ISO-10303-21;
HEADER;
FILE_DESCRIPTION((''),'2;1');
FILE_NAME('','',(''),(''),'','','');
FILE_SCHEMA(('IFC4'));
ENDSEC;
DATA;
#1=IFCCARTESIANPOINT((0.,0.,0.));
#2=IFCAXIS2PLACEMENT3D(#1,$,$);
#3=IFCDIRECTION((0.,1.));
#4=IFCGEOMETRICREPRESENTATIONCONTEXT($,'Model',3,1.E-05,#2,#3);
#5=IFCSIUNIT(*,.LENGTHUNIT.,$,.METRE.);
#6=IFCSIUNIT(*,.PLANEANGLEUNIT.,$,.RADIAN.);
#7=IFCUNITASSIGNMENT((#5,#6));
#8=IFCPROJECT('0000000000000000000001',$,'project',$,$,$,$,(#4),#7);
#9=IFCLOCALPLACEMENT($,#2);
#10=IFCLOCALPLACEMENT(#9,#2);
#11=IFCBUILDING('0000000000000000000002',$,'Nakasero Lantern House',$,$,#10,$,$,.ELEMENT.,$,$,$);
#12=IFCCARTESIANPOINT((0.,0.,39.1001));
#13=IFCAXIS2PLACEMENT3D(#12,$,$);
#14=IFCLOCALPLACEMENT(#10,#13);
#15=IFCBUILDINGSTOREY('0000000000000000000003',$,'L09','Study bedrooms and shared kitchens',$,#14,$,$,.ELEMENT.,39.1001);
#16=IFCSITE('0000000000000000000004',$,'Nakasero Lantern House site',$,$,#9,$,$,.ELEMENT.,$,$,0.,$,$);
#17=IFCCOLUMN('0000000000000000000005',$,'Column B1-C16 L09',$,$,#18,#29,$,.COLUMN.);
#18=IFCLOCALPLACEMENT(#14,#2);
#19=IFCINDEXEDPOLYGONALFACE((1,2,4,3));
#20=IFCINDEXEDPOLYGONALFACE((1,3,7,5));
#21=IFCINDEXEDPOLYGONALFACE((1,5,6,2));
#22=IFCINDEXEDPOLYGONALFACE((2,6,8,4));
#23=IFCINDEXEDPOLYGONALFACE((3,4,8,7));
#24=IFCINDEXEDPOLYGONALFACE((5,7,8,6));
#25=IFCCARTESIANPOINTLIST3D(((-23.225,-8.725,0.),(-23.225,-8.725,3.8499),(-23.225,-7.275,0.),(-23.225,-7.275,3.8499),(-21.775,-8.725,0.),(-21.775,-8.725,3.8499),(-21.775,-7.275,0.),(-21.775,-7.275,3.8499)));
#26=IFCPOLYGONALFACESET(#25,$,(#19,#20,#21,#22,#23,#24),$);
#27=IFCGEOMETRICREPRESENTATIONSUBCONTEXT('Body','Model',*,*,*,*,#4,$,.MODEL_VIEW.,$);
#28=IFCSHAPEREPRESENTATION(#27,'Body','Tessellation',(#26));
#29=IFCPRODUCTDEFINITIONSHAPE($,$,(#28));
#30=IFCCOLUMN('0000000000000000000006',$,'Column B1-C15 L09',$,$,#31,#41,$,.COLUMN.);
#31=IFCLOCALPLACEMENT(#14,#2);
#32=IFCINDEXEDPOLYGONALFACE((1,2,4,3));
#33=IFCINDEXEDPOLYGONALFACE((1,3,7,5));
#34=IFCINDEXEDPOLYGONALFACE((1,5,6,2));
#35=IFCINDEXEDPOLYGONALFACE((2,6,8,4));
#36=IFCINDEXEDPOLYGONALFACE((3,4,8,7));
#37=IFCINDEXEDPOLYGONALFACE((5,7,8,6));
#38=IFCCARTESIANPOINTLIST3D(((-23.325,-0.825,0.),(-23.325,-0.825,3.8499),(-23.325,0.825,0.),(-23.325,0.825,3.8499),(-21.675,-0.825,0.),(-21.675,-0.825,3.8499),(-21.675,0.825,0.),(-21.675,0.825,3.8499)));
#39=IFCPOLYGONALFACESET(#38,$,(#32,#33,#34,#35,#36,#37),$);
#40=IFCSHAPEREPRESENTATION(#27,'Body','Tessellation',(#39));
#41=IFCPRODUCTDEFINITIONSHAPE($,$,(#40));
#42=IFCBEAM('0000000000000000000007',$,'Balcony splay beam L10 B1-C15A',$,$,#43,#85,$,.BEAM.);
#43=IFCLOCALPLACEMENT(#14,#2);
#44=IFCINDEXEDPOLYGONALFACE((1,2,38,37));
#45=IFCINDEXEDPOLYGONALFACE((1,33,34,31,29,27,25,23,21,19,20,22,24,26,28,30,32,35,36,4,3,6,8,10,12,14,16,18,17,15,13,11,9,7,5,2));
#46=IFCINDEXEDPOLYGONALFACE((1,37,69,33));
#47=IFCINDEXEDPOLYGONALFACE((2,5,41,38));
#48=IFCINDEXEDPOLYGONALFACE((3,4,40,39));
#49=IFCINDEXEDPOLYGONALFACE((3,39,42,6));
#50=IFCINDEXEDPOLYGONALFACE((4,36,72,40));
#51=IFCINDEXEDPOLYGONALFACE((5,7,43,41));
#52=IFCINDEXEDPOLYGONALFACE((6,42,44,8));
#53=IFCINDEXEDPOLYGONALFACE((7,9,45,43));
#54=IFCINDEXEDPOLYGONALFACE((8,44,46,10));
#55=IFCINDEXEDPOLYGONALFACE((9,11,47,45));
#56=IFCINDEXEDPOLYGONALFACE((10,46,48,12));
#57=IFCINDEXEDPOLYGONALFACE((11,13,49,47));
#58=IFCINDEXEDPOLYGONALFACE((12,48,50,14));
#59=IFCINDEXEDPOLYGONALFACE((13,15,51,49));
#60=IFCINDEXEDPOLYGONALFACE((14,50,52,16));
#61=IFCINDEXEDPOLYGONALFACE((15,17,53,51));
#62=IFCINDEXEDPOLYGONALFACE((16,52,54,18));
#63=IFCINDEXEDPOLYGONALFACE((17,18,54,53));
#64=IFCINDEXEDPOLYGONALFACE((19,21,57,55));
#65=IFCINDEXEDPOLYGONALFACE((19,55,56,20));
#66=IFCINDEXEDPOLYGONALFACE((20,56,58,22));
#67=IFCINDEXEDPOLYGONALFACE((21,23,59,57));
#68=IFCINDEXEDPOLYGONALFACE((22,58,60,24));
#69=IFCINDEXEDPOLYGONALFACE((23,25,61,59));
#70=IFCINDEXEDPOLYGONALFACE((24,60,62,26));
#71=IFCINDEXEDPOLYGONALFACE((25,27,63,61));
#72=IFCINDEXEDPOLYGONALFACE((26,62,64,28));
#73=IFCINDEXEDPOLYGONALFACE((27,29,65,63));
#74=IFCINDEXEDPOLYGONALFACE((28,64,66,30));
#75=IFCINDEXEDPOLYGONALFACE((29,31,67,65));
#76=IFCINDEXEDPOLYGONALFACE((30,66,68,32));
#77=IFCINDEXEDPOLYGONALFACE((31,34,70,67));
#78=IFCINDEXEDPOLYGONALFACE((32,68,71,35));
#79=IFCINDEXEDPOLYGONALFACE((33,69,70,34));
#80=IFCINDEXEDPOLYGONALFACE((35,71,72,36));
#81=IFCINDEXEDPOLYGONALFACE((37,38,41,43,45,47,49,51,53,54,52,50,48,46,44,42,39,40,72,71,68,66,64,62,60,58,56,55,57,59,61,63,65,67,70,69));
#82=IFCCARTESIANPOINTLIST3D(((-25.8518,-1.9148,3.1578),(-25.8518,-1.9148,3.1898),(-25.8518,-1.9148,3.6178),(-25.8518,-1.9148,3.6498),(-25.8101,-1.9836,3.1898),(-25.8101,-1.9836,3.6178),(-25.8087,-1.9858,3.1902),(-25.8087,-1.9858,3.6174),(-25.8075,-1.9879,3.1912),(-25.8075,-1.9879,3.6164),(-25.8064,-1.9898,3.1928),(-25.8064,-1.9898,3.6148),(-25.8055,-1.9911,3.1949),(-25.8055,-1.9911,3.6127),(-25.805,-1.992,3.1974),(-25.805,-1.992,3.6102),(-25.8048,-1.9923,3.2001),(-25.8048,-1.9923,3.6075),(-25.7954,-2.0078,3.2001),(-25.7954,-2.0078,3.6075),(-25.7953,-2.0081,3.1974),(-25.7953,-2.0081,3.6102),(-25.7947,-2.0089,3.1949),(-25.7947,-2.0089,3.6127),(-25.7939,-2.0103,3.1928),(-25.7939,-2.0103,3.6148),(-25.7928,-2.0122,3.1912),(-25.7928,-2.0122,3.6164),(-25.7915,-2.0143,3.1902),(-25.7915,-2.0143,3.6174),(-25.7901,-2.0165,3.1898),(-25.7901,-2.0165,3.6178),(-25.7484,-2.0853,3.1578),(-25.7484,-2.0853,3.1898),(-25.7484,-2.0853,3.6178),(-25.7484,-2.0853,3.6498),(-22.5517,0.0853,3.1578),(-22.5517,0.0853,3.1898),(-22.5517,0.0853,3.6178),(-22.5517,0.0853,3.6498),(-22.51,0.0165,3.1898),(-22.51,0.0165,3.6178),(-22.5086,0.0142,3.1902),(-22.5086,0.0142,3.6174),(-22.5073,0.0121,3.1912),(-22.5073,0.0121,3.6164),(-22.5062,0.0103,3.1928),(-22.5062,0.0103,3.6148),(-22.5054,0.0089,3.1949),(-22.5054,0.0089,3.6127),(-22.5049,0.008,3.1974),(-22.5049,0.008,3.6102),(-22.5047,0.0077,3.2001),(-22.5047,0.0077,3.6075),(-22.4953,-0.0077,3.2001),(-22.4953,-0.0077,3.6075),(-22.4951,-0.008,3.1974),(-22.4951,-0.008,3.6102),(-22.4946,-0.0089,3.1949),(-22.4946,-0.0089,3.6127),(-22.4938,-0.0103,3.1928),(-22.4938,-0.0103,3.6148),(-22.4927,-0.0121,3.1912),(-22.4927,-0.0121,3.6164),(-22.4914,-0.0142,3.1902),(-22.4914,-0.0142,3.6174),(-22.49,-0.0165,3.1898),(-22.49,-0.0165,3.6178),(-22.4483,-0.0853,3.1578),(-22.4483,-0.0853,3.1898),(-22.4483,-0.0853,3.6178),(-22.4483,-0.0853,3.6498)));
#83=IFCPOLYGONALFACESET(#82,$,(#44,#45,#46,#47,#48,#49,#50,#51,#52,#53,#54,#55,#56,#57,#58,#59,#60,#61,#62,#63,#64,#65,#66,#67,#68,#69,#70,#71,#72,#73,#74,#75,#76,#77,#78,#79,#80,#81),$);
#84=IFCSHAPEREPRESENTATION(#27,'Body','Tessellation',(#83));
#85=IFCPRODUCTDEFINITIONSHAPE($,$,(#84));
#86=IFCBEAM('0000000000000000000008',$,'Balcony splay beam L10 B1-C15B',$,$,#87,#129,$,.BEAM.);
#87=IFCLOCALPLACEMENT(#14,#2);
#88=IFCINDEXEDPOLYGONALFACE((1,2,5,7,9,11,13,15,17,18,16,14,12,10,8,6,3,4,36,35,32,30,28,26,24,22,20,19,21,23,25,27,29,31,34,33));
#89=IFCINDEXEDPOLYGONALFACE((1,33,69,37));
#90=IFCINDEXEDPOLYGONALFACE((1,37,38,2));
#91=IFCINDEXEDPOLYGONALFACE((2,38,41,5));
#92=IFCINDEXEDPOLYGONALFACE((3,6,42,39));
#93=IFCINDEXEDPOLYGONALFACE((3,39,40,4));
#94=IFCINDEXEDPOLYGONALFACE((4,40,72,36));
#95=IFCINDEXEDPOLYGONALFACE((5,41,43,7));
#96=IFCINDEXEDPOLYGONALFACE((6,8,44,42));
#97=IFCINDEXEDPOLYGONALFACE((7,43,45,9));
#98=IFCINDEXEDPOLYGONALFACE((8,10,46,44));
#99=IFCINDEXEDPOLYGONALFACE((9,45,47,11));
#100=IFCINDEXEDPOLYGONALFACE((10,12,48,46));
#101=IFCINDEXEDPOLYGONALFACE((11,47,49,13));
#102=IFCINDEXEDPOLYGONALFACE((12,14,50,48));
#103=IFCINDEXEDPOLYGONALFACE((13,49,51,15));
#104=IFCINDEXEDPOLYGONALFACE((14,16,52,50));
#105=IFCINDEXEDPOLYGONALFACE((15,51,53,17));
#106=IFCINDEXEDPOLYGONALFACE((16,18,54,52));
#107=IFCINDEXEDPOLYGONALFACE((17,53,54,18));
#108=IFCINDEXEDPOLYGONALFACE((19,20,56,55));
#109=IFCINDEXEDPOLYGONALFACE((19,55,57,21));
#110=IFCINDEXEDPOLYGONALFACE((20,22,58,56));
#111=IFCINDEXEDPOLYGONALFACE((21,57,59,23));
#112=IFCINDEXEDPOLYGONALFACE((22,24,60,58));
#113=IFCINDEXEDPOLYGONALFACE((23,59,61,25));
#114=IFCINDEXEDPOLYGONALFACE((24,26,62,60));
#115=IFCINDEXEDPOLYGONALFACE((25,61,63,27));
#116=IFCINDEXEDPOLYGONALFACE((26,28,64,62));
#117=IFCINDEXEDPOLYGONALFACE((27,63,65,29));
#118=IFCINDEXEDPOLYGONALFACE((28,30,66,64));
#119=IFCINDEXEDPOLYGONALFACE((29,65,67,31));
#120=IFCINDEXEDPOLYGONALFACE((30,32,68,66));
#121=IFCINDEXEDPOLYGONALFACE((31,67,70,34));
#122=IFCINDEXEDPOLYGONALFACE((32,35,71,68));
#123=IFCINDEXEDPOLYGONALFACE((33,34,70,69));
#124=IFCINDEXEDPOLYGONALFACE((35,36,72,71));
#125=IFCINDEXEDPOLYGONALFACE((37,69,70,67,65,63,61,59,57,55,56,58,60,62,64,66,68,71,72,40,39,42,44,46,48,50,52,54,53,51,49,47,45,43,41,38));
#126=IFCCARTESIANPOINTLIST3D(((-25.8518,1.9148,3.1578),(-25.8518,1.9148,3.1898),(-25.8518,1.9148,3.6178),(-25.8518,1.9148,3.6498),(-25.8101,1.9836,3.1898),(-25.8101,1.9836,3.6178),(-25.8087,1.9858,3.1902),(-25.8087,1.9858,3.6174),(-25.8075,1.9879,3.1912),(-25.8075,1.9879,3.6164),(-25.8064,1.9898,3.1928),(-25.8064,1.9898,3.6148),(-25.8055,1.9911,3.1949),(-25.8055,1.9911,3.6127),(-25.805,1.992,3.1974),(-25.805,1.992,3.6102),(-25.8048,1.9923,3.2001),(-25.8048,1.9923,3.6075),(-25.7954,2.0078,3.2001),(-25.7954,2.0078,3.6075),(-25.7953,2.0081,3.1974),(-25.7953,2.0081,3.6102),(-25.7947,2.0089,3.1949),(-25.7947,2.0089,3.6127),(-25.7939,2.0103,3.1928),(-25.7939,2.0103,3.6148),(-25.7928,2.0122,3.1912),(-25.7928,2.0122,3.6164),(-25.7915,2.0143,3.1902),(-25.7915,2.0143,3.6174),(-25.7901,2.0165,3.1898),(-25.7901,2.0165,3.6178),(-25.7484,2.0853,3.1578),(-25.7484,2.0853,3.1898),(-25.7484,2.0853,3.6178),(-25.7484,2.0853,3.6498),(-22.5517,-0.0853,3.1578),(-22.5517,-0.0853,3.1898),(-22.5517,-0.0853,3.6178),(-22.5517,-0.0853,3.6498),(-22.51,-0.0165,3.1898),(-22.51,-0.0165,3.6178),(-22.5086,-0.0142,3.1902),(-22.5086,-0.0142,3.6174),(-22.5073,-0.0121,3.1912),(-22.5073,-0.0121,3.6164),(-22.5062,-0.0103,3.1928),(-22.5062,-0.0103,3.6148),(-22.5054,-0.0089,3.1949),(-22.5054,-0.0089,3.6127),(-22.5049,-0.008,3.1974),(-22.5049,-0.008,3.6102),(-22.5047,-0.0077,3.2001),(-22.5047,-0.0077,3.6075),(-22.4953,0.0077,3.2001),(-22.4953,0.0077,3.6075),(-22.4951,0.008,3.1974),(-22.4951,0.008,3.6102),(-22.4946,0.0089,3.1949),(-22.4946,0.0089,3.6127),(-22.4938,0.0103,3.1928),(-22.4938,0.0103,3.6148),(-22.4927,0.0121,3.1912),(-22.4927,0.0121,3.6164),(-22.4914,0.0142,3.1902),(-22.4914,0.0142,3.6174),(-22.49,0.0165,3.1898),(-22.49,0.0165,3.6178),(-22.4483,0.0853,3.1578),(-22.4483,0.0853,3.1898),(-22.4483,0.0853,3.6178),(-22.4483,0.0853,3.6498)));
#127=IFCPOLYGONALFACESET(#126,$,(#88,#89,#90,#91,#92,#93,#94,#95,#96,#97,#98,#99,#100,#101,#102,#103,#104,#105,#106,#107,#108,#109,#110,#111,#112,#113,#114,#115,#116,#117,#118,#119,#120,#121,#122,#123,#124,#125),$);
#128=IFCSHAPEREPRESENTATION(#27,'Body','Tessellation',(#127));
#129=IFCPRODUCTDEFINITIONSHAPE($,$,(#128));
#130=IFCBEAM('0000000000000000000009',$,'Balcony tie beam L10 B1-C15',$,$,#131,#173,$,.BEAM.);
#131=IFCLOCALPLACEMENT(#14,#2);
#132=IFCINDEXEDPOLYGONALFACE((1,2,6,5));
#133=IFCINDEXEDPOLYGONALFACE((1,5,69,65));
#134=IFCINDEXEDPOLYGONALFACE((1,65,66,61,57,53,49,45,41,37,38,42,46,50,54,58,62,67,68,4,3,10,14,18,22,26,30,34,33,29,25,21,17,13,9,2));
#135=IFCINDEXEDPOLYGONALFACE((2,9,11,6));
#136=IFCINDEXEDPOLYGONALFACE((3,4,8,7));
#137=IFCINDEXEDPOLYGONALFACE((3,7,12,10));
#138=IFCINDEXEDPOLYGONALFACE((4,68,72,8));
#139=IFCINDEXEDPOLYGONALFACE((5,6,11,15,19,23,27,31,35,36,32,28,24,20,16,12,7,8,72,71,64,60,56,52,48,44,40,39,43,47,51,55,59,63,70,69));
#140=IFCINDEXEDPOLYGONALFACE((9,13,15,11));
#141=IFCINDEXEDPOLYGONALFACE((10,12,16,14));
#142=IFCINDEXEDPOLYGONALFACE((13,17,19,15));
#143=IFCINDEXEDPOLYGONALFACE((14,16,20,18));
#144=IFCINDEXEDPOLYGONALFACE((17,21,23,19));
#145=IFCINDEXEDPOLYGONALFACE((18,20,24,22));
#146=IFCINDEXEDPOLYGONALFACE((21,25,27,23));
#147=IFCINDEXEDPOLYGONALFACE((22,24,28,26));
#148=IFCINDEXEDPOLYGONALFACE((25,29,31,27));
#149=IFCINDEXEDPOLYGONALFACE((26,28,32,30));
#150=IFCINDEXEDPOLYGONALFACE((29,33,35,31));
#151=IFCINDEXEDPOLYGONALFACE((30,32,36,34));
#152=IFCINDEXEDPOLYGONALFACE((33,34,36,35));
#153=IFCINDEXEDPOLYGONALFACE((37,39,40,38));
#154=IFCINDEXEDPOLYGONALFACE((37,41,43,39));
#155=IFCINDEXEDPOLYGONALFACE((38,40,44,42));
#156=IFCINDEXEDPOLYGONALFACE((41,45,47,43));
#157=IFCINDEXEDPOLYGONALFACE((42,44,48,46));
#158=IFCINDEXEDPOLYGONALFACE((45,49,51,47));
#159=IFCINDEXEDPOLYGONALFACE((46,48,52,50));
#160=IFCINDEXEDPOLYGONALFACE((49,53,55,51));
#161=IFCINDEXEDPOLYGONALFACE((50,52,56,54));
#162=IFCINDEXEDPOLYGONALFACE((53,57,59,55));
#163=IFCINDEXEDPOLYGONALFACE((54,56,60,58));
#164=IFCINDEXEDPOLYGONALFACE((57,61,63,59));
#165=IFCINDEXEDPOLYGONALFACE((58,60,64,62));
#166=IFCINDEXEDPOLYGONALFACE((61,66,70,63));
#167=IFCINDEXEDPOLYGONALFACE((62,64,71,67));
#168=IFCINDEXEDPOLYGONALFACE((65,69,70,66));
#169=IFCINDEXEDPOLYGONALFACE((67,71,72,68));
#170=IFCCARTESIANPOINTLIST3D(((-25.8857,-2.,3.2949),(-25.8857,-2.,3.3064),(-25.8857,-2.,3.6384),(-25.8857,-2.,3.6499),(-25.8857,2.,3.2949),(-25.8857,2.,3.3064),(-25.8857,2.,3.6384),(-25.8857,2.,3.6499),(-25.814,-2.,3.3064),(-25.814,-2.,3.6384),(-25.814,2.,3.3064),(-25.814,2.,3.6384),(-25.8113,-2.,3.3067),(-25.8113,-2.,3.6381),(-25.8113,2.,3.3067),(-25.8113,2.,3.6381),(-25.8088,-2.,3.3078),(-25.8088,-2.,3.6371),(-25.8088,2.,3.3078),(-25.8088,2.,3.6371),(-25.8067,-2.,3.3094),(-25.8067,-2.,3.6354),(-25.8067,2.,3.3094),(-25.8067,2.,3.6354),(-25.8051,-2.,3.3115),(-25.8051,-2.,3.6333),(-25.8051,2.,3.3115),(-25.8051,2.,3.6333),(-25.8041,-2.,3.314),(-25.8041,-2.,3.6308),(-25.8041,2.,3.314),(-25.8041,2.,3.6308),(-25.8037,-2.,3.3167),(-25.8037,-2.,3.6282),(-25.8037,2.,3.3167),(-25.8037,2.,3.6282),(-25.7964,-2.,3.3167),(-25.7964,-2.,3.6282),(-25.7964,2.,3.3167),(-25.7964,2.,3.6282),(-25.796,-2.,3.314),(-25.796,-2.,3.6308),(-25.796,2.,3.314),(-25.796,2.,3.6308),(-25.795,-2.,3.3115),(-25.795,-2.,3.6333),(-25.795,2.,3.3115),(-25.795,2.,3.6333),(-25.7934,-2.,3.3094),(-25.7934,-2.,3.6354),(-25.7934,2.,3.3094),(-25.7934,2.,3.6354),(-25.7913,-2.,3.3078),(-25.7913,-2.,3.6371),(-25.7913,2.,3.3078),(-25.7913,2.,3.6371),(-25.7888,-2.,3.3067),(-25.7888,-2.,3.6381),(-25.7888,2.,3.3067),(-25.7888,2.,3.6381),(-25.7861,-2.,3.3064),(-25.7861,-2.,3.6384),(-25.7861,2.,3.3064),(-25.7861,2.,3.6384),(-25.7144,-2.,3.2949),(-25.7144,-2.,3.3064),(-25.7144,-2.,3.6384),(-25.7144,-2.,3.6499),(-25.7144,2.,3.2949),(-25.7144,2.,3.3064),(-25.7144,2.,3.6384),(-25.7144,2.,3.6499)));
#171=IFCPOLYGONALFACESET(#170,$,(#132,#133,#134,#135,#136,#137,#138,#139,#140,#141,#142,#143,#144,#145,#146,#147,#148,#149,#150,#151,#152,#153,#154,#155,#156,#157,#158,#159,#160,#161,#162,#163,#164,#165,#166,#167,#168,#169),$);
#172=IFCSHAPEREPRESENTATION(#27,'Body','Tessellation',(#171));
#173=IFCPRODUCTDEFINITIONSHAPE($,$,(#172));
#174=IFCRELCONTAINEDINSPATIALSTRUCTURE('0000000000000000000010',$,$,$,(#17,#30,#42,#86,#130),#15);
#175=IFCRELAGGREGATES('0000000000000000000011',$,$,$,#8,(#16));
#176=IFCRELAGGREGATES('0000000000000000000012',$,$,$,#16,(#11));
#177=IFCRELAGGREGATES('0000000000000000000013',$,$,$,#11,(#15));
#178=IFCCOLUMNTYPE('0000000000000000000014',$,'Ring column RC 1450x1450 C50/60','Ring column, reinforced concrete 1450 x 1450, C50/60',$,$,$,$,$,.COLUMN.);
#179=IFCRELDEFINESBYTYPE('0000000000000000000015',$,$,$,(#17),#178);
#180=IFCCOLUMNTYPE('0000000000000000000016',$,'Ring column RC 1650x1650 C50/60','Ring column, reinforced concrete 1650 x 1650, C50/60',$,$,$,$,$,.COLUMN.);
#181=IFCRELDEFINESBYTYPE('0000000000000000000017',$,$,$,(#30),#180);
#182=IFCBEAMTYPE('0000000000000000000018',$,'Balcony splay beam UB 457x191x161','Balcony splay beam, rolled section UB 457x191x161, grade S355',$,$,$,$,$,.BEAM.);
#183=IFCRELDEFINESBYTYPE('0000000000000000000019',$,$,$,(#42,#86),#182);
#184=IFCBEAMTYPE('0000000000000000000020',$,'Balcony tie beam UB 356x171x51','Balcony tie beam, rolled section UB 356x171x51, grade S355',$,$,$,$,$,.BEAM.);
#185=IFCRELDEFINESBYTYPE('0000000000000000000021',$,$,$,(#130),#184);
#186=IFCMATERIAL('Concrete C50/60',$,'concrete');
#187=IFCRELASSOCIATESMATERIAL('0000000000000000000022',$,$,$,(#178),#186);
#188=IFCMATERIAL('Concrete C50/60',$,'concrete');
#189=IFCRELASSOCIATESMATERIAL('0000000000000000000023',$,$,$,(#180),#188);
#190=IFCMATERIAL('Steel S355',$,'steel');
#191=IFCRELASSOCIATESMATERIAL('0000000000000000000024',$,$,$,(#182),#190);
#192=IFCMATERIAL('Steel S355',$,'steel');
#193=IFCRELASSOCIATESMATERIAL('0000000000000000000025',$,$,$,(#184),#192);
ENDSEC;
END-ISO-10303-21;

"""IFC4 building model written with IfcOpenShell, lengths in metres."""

from ifc_helpers import new_model, si_unit, direction, frame, origin, origin_2d, place, context, subcontext, project, spatial, rectangle, i_section, extrude, material, material_profile, profile_set, type_object, element, save


model = new_model("IFC4")

# Units and contexts
model_context = context("Model", 3, precision=1e-05, world=origin(), true_north=direction((0.0, 1.0)))
body_context = subcontext(model_context, "Body", "Model", "MODEL_VIEW")
ifc_project = project(units=[si_unit("LENGTHUNIT", "METRE"), si_unit("PLANEANGLEUNIT", "RADIAN")], contexts=[model_context])

# Site, building, storey
site_placement = place(None, origin())
site = spatial("IfcSite", under=ifc_project, at=site_placement, Name="Nakasero Lantern House site", CompositionType="ELEMENT", RefElevation=0.0)
building_placement = place(site_placement, origin())
building = spatial("IfcBuilding", under=site, at=building_placement, Name="Nakasero Lantern House", CompositionType="ELEMENT")
storey_placement = place(building_placement, frame((0.0, 0.0, 39.1001)))
storey = spatial("IfcBuildingStorey", under=building, at=storey_placement, Name="L09", Description="Study bedrooms and shared kitchens", CompositionType="ELEMENT", Elevation=39.1001)

# Columns
ifc_material_1 = material(Name="Concrete C50/60", Category="concrete")
ifc_material_profile_1 = material_profile(ifc_material_1, rectangle(XDim=1.45, YDim=1.45, at=origin_2d()), Name="RC 1450x1450")
ifc_profile_set_1 = profile_set([ifc_material_profile_1], Name="Concrete C50/60")
column_type_1 = type_object("IfcColumnType", Name="Ring column RC 1450x1450 C50/60", Description="Ring column, reinforced concrete 1450 x 1450, C50/60", PredefinedType="COLUMN", material=ifc_profile_set_1)
column_1_placement = place(storey_placement, frame((-22.5, -8.0, 0.0), z_axis=(0.0, 0.0, 1.0), x_axis=(1.0, 0.0, 0.0)))
element("IfcColumn", 1, at=column_1_placement, inside=storey, type_object=column_type_1, Name="Column B1-C16 L09", PredefinedType="COLUMN", context=body_context, shape_type="SweptSolid", body=[
    extrude(rectangle(XDim=1.45, YDim=1.45, at=origin_2d()), origin(), (0.0, 0.0, 1.0), 3.8499),
])
ifc_material_2 = material(Name="Concrete C50/60", Category="concrete")
ifc_material_profile_2 = material_profile(ifc_material_2, rectangle(XDim=1.6499, YDim=1.6499, at=origin_2d()), Name="RC 1650x1650")
ifc_profile_set_2 = profile_set([ifc_material_profile_2], Name="Concrete C50/60")
column_type_2 = type_object("IfcColumnType", Name="Ring column RC 1650x1650 C50/60", Description="Ring column, reinforced concrete 1650 x 1650, C50/60", PredefinedType="COLUMN", material=ifc_profile_set_2)
column_2_placement = place(storey_placement, frame((-22.5, 0.0, 0.0), z_axis=(0.0, 0.0, 1.0), x_axis=(1.0, 0.0, 0.0)))
element("IfcColumn", 2, at=column_2_placement, inside=storey, type_object=column_type_2, Name="Column B1-C15 L09", PredefinedType="COLUMN", context=body_context, shape_type="SweptSolid", body=[
    extrude(rectangle(XDim=1.6499, YDim=1.6499, at=origin_2d()), origin(), (0.0, 0.0, 1.0), 3.8499),
])

# Beams
ifc_material_3 = material(Name="Steel S355", Category="steel")
ifc_material_profile_3 = material_profile(ifc_material_3, i_section(OverallWidth=0.1995, OverallDepth=0.4919, WebThickness=0.0181, FlangeThickness=0.032, FilletRadius=0.0103, at=origin_2d()), Name="UB 457x191x161")
ifc_profile_set_3 = profile_set([ifc_material_profile_3], Name="Steel S355")
beam_type_1 = type_object("IfcBeamType", Name="Balcony splay beam UB 457x191x161", Description="Balcony splay beam, rolled section UB 457x191x161, grade S355", PredefinedType="BEAM", material=ifc_profile_set_3)
for number, where, z_axis, x_axis, name in (
    (3, (-22.5, 0.0, 3.4038), (-0.855201, -0.518296, 0.0), (0.518296, -0.855201, 0.0), "Balcony splay beam L10 B1-C15A"),
    (4, (-22.5, 0.0, 3.4038), (-0.855201, 0.518296, 0.0), (-0.518296, -0.855201, 0.0), "Balcony splay beam L10 B1-C15B"),
):
    element("IfcBeam", number, at=place(storey_placement, frame(where, z_axis=z_axis, x_axis=x_axis)), inside=storey, type_object=beam_type_1, Name=name, PredefinedType="BEAM", context=body_context, shape_type="SweptSolid", body=[
        extrude(i_section(OverallWidth=0.1995, OverallDepth=0.4919, WebThickness=0.0181, FlangeThickness=0.032, FilletRadius=0.0103, at=origin_2d()), origin(), (0.0, 0.0, 1.0), 3.8589),
    ])
ifc_material_4 = material(Name="Steel S355", Category="steel")
ifc_material_profile_4 = material_profile(ifc_material_4, i_section(OverallWidth=0.1714, OverallDepth=0.355, WebThickness=0.0073, FlangeThickness=0.0115, FilletRadius=0.0103, at=origin_2d()), Name="UB 356x171x51")
ifc_profile_set_4 = profile_set([ifc_material_profile_4], Name="Steel S355")
beam_type_2 = type_object("IfcBeamType", Name="Balcony tie beam UB 356x171x51", Description="Balcony tie beam, rolled section UB 356x171x51, grade S355", PredefinedType="BEAM", material=ifc_profile_set_4)
beam_1_placement = place(storey_placement, frame((-25.8, -2.0, 3.4724), z_axis=(0.0, 1.0, 0.0), x_axis=(-1.0, 0.0, 0.0)))
element("IfcBeam", 5, at=beam_1_placement, inside=storey, type_object=beam_type_2, Name="Balcony tie beam L10 B1-C15", PredefinedType="BEAM", context=body_context, shape_type="SweptSolid", body=[
    extrude(i_section(OverallWidth=0.1714, OverallDepth=0.355, WebThickness=0.0073, FlangeThickness=0.0115, FilletRadius=0.0103, at=origin_2d()), origin(), (0.0, 0.0, 1.0), 4.0),
])

save(model, "model.ifc")
